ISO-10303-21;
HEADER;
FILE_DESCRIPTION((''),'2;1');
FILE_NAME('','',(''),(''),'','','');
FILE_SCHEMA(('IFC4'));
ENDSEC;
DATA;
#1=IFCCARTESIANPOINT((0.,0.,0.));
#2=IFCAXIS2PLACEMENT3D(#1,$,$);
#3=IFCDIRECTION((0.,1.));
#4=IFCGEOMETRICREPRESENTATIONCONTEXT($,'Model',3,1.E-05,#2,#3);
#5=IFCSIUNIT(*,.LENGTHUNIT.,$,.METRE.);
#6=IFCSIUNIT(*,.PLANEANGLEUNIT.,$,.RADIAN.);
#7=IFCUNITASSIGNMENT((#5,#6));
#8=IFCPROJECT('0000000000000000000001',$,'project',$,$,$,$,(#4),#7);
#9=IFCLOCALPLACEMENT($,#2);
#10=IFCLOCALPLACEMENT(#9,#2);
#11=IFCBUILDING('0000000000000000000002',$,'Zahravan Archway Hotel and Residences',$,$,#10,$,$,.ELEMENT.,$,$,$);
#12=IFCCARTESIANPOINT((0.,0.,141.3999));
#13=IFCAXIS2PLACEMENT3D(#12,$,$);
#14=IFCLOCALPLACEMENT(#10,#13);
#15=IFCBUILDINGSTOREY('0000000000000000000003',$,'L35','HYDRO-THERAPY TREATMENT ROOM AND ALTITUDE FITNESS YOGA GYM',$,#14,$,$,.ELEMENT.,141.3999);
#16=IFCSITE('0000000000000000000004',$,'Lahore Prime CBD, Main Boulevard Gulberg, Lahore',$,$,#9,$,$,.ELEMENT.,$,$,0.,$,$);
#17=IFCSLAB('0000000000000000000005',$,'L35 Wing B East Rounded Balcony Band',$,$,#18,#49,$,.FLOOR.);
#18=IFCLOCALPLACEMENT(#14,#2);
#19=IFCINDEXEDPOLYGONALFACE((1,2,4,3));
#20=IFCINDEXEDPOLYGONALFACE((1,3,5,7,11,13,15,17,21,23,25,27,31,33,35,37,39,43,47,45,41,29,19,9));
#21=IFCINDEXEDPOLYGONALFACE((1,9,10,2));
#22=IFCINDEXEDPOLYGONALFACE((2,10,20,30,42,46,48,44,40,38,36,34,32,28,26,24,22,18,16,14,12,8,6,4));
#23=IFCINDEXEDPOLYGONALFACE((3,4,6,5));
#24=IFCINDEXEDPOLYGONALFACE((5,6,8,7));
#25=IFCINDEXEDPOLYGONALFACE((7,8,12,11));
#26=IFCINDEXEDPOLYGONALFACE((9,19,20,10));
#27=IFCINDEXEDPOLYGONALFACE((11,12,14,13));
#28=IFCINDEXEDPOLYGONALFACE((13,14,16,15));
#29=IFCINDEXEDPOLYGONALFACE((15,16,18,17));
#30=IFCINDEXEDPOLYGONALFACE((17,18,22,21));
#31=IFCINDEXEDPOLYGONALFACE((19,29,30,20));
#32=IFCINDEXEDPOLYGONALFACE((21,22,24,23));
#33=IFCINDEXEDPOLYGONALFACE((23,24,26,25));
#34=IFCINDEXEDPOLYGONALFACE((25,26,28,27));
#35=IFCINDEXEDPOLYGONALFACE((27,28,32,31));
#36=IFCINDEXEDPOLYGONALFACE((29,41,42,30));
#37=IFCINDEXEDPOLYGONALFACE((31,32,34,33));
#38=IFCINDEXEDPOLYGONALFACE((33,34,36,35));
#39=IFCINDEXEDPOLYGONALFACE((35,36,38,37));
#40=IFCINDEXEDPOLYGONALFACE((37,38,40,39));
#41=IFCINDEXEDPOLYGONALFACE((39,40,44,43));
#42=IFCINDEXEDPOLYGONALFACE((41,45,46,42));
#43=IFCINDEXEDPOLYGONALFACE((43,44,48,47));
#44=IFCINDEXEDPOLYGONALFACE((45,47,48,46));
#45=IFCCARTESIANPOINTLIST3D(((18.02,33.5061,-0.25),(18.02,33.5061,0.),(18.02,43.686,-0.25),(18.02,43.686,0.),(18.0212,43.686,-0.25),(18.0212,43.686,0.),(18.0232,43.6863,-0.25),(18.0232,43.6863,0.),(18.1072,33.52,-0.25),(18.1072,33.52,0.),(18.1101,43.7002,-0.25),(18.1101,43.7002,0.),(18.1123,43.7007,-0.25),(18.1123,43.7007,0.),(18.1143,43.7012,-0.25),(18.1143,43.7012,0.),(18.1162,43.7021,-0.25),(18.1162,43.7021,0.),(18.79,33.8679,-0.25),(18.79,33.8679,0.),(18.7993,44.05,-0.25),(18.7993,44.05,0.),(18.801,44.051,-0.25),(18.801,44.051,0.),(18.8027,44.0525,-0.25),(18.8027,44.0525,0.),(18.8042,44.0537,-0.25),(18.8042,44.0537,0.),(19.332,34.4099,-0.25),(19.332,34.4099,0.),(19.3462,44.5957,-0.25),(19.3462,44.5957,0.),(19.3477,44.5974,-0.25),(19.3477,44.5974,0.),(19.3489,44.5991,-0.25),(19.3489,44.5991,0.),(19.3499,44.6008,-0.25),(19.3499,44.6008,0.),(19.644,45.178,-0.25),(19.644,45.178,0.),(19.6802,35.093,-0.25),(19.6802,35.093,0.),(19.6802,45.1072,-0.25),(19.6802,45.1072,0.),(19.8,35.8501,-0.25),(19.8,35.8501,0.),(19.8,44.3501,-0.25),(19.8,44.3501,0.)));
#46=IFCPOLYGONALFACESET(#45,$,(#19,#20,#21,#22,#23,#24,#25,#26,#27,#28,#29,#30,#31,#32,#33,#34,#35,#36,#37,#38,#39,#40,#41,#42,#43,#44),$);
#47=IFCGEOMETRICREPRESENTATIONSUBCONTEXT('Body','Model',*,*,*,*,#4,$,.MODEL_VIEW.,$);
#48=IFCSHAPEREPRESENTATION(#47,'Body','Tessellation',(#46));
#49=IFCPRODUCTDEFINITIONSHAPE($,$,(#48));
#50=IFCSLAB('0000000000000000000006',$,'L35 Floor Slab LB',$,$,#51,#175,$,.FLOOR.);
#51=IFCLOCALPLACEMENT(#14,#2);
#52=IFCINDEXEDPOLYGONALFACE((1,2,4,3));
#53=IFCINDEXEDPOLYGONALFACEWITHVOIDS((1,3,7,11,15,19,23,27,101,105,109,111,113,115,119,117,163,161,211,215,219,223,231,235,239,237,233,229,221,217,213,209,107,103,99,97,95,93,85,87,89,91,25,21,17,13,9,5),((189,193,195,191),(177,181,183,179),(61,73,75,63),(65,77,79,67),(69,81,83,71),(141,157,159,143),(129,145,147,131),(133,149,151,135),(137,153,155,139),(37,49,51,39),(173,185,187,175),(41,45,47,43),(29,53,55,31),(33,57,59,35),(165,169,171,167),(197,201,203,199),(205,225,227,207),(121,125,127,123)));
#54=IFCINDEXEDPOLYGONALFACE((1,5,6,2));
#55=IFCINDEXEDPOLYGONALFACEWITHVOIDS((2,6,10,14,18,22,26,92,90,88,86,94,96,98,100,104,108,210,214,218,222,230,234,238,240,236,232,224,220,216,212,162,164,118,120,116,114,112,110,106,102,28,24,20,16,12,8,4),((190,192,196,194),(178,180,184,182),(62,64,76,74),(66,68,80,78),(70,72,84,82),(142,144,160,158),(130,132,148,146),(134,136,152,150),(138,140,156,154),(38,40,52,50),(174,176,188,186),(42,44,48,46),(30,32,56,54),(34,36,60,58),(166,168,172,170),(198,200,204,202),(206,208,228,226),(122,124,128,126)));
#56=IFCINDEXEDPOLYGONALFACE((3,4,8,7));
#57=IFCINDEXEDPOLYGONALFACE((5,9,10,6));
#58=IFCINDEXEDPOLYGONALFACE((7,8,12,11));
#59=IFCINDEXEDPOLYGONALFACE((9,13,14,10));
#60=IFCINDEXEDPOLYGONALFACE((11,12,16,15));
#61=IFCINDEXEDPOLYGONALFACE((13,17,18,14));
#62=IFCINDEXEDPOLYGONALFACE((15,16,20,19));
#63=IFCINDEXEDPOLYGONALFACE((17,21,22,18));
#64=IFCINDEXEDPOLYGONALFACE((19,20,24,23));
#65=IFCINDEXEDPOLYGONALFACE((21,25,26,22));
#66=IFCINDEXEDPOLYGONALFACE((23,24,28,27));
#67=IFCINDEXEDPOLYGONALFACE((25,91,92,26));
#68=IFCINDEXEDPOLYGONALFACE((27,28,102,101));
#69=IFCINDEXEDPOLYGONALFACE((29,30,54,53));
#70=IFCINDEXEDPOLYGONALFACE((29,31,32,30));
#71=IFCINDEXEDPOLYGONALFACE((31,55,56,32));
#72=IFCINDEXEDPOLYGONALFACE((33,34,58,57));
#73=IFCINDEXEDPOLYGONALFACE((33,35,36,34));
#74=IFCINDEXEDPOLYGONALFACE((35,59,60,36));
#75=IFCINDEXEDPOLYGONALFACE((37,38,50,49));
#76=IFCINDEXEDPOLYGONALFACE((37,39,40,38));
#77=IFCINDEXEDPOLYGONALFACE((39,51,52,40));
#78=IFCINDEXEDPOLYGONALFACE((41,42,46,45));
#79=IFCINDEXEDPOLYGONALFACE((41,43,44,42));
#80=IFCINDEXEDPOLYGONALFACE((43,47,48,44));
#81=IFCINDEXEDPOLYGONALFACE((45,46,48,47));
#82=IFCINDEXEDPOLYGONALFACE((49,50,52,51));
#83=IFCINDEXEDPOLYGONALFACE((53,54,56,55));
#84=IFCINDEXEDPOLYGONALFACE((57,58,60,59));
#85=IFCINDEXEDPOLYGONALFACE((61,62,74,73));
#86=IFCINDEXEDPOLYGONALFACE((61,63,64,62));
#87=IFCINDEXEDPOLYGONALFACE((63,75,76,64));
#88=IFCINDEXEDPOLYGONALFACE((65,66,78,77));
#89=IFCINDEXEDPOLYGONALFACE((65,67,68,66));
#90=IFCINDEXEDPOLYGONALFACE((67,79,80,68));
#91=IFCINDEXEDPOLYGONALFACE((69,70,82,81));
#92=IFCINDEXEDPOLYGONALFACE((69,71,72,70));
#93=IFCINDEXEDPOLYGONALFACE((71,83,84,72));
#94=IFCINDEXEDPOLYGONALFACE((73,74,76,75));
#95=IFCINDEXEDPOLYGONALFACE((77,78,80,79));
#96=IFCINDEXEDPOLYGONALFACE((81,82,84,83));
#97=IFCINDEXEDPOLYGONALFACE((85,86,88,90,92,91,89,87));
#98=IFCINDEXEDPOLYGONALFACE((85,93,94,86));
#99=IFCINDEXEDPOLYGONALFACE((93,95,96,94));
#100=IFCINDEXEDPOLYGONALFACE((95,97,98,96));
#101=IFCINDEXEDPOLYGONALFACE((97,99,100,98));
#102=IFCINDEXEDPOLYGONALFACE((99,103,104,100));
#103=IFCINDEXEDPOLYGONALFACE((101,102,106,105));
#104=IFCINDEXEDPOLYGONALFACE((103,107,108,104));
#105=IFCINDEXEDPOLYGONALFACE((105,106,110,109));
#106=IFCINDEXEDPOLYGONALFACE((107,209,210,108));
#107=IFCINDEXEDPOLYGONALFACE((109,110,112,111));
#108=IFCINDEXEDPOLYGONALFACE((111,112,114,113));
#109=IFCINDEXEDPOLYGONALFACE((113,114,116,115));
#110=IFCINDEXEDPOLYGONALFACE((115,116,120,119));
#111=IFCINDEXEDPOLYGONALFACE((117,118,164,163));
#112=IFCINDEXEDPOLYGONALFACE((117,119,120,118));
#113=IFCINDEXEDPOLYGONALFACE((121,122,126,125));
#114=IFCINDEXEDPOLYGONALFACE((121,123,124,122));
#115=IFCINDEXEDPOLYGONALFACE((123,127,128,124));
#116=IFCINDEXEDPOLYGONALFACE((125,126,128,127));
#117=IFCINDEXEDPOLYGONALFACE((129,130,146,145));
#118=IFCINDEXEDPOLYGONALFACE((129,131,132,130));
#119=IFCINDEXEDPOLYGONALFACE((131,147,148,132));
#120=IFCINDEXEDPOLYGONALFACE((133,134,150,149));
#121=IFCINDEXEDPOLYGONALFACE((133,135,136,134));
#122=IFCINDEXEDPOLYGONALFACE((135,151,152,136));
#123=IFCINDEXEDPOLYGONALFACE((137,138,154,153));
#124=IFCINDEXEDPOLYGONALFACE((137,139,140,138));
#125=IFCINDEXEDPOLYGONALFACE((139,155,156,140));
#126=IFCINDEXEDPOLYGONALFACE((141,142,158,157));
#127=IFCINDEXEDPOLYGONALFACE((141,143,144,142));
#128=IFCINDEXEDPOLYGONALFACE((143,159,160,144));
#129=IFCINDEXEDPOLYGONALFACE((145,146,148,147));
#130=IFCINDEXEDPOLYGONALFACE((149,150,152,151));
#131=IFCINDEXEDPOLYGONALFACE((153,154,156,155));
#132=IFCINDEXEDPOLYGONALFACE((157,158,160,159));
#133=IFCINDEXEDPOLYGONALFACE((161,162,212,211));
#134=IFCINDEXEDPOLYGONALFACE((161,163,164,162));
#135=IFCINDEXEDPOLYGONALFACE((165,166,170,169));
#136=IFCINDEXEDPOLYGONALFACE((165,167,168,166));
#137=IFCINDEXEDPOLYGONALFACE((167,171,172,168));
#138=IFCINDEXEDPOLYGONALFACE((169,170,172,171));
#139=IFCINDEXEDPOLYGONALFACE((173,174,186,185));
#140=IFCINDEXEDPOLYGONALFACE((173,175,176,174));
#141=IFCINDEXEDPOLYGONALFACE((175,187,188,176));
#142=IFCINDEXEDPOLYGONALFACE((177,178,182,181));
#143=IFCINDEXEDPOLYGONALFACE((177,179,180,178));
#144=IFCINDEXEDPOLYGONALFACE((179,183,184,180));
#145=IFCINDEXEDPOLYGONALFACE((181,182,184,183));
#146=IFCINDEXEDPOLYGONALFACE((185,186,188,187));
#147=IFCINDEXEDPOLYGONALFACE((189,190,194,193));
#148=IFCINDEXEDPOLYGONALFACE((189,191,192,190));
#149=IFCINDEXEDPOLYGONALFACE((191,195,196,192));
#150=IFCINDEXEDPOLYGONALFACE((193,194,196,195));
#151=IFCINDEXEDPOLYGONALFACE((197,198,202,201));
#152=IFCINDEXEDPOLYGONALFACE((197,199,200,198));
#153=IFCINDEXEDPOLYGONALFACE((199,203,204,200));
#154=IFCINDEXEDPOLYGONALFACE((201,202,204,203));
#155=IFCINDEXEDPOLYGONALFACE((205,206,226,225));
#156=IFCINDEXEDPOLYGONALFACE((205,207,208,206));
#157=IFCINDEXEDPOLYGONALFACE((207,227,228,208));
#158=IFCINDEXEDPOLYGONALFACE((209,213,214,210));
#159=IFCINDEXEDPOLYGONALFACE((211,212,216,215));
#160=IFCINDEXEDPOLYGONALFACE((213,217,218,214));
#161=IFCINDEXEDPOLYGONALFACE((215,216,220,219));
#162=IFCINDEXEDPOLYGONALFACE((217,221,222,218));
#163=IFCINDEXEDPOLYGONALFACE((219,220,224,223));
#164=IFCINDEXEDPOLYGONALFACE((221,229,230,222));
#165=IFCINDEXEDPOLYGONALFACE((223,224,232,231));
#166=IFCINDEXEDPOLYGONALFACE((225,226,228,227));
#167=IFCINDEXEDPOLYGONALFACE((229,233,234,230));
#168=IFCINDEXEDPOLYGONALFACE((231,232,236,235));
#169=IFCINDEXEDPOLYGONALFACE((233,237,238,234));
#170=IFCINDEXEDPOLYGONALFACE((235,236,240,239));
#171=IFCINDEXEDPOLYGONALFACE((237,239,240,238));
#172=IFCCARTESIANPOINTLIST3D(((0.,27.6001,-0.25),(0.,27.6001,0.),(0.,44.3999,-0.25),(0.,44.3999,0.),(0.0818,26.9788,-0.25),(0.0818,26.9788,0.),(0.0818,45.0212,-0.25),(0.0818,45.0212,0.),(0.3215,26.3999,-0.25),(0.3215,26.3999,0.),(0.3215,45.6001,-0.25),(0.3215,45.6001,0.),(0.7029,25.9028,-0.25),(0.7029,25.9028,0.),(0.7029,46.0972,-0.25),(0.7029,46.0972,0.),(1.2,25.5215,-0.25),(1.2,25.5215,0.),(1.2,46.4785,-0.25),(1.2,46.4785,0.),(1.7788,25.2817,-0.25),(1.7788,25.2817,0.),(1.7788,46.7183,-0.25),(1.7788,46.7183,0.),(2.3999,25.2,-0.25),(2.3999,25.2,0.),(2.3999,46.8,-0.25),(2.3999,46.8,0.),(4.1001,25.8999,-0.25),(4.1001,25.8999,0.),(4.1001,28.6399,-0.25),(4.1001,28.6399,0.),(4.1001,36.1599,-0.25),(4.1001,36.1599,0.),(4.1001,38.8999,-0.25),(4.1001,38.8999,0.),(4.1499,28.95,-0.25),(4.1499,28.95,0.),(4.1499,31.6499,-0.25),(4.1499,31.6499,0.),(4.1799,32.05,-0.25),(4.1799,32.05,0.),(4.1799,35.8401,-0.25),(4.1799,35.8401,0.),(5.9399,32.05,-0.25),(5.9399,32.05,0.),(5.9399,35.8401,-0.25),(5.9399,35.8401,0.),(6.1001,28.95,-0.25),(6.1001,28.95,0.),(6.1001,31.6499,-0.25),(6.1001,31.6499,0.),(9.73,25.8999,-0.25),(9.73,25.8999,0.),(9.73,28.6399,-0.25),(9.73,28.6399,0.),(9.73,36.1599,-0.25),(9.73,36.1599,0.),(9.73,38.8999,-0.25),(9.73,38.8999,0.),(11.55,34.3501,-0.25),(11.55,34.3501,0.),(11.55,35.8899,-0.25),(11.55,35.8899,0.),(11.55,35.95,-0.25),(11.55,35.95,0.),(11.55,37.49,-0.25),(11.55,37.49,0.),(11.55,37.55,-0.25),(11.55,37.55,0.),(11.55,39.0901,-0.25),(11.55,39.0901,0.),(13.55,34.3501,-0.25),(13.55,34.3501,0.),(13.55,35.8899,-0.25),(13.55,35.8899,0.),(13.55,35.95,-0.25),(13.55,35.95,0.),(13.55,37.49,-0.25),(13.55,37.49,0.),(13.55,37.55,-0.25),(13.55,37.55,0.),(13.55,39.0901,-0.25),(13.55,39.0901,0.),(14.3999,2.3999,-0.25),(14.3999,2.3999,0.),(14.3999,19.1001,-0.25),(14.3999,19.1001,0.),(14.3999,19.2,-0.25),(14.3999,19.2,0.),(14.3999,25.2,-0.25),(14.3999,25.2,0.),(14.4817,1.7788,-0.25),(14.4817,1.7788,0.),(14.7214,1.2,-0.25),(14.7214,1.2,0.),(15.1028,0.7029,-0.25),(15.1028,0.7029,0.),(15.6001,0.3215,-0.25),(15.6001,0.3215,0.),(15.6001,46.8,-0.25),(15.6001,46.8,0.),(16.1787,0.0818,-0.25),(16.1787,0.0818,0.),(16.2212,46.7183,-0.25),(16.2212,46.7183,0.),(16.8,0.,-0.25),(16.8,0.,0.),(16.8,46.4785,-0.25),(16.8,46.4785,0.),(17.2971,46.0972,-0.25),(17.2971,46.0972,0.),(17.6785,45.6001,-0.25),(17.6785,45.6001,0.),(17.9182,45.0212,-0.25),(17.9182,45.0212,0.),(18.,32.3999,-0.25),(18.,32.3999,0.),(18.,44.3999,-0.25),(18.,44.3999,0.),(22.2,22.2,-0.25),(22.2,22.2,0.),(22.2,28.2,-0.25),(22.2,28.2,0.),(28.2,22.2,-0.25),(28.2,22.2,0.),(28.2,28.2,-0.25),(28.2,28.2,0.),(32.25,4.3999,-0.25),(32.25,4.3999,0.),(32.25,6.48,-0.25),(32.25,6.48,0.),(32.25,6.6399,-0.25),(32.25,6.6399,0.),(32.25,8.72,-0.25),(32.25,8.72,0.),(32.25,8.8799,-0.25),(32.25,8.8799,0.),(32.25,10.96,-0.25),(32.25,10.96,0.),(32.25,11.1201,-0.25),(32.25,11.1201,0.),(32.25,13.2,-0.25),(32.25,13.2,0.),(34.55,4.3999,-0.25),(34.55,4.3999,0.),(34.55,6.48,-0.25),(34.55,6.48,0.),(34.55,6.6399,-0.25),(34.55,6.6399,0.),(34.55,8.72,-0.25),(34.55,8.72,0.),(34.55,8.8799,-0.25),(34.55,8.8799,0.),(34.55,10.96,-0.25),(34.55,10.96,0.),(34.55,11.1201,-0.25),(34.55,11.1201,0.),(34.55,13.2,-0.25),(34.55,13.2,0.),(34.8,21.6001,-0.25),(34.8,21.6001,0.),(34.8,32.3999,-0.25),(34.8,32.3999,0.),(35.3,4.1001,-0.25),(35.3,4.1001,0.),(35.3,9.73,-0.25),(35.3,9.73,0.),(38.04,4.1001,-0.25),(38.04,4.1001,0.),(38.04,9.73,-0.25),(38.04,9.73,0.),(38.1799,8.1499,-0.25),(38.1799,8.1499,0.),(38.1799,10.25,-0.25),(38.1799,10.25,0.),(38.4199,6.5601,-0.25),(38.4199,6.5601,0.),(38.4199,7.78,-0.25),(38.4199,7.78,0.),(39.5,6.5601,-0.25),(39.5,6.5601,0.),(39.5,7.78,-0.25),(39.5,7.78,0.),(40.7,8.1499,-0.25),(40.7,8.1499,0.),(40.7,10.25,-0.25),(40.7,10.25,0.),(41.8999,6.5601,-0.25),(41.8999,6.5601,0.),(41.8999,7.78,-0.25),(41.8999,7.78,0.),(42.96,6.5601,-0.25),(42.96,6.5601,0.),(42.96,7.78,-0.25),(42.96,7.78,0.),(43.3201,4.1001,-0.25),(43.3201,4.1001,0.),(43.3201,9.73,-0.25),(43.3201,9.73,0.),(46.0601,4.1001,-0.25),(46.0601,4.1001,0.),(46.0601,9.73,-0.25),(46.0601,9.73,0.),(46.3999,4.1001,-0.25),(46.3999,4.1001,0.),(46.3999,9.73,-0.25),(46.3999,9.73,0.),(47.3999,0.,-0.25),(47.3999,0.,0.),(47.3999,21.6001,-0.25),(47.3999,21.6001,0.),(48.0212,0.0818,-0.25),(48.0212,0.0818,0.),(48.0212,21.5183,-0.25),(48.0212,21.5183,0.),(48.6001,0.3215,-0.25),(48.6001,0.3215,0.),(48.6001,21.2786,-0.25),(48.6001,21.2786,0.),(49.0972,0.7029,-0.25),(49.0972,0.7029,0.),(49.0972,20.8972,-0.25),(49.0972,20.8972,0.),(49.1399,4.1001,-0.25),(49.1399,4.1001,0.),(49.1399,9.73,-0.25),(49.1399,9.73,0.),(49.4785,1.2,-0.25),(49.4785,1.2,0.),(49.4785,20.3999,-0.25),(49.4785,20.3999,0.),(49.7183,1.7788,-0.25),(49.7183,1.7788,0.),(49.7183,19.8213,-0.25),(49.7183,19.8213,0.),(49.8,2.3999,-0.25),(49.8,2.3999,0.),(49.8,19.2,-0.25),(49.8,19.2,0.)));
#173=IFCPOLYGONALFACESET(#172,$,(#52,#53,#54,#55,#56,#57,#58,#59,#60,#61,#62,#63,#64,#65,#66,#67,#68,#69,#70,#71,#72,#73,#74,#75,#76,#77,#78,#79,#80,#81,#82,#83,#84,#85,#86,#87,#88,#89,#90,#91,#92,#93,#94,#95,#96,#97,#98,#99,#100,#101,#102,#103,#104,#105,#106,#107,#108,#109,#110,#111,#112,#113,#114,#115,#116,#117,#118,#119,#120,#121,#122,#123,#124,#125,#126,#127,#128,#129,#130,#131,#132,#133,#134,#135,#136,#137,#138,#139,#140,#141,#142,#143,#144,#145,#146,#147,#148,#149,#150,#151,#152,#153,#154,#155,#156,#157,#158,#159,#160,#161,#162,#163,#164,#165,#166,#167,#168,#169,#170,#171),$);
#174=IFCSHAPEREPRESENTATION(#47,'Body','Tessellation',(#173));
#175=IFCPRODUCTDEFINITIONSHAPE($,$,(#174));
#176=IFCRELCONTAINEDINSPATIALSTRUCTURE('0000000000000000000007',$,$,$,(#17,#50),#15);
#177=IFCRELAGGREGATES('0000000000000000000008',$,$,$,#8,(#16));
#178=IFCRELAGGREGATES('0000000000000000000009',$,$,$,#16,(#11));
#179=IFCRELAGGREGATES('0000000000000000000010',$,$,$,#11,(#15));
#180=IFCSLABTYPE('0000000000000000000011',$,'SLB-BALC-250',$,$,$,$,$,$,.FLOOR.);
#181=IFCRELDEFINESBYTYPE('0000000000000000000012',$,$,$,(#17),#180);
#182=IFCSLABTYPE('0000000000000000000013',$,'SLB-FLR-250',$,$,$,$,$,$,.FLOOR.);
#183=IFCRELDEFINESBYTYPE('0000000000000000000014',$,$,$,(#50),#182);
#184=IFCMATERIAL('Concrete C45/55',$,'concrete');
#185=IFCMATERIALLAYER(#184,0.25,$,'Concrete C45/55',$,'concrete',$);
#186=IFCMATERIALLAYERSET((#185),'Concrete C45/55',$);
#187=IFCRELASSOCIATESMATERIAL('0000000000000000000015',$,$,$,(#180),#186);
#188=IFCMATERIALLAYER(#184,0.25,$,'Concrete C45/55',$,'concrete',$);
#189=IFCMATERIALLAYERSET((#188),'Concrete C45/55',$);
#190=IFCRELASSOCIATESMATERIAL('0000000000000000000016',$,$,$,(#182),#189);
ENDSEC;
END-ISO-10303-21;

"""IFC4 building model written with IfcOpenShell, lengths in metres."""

from ifc_helpers import new_model, si_unit, direction, frame, origin, place, context, subcontext, project, spatial, polyline, outline, extrude, material, layer, layer_set, type_object, element, save


model = new_model("IFC4")

# Units and contexts
model_context = context("Model", 3, precision=1e-05, world=origin(), true_north=direction((0.0, 1.0)))
body_context = subcontext(model_context, "Body", "Model", "MODEL_VIEW")
ifc_project = project(units=[si_unit("LENGTHUNIT", "METRE"), si_unit("PLANEANGLEUNIT", "RADIAN")], contexts=[model_context])

# Site, building, storey
site_placement = place(None, origin())
site = spatial("IfcSite", under=ifc_project, at=site_placement, Name="Lahore Prime CBD, Main Boulevard Gulberg, Lahore", CompositionType="ELEMENT", RefElevation=0.0)
building_placement = place(site_placement, origin())
building = spatial("IfcBuilding", under=site, at=building_placement, Name="Zahravan Archway Hotel and Residences", CompositionType="ELEMENT")
storey_placement = place(building_placement, frame((0.0, 0.0, 141.3999)))
storey = spatial("IfcBuildingStorey", under=building, at=storey_placement, Name="L35", Description="HYDRO-THERAPY TREATMENT ROOM AND ALTITUDE FITNESS YOGA GYM", CompositionType="ELEMENT", Elevation=141.3999)

# Slabs
ifc_material_1 = material(Name="Concrete C45/55", Category="concrete")
ifc_layer_1 = layer(ifc_material_1, 0.25, Name="Concrete C45/55", Category="concrete")
ifc_layer_set_1 = layer_set([ifc_layer_1], Name="Concrete C45/55")
slab_type_1 = type_object("IfcSlabType", Name="SLB-BALC-250", PredefinedType="FLOOR", material=ifc_layer_set_1)
slab_1_placement = place(storey_placement, frame((0.0, 0.0, -0.25)))
element("IfcSlab", 1, at=slab_1_placement, inside=storey, type_object=slab_type_1, Name="L35 Wing B East Rounded Balcony Band", PredefinedType="FLOOR", context=body_context, shape_type="SweptSolid", body=[
    extrude(outline(polyline([(19.6802, 45.1072), (19.8, 44.3501), (19.8, 35.8501), (19.6802, 35.093), (19.332, 34.4099), (18.79, 33.8679), (18.1072, 33.52), (18.02, 33.5061), (18.02, 43.686), (18.0212, 43.686), (18.0232, 43.6863), (18.1101, 43.7002), (18.1123, 43.7007), (18.1143, 43.7012), (18.1162, 43.7021), (18.7993, 44.05), (18.801, 44.051), (18.8027, 44.0525), (18.8042, 44.0537), (19.3462, 44.5957), (19.3477, 44.5974), (19.3489, 44.5991), (19.3499, 44.6008), (19.644, 45.178), (19.6802, 45.1072)])), origin(), (0.0, 0.0, 1.0), 0.25),
])
ifc_layer_2 = layer(ifc_material_1, 0.25, Name="Concrete C45/55", Category="concrete")
ifc_layer_set_2 = layer_set([ifc_layer_2], Name="Concrete C45/55")
slab_type_2 = type_object("IfcSlabType", Name="SLB-FLR-250", PredefinedType="FLOOR", material=ifc_layer_set_2)
slab_2_placement = place(storey_placement, frame((0.0, 0.0, -0.25)))
element("IfcSlab", 2, at=slab_2_placement, inside=storey, type_object=slab_type_2, Name="L35 Floor Slab LB", PredefinedType="FLOOR", context=body_context, shape_type="SweptSolid", body=[
    extrude(outline(polyline([(34.8, 21.6001), (34.8, 32.3999), (18.0, 32.3999), (18.0, 44.3999), (17.9182, 45.0212), (17.6785, 45.6001), (17.2971, 46.0972), (16.8, 46.4785), (16.2212, 46.7183), (15.6001, 46.8), (2.3999, 46.8), (1.7788, 46.7183), (1.2, 46.4785), (0.7029, 46.0972), (0.3215, 45.6001), (0.0818, 45.0212), (0.0, 44.3999), (0.0, 27.6001), (0.0818, 26.9788), (0.3215, 26.3999), (0.7029, 25.9028), (1.2, 25.5215), (1.7788, 25.2817), (2.3999, 25.2), (14.3999, 25.2), (14.3999, 19.2), (14.3999, 19.1001), (14.3999, 2.3999), (14.4817, 1.7788), (14.7214, 1.2), (15.1028, 0.7029), (15.6001, 0.3215), (16.1787, 0.0818), (16.8, 0.0), (47.3999, 0.0), (48.0212, 0.0818), (48.6001, 0.3215), (49.0972, 0.7029), (49.4785, 1.2), (49.7183, 1.7788), (49.8, 2.3999), (49.8, 19.2), (49.7183, 19.8213), (49.4785, 20.3999), (49.0972, 20.8972), (48.6001, 21.2786), (48.0212, 21.5183), (47.3999, 21.6001), (34.8, 21.6001)]), holes=[polyline([(35.3, 9.73), (35.3, 4.1001), (38.04, 4.1001), (38.04, 9.73), (35.3, 9.73)]), polyline([(43.3201, 9.73), (43.3201, 4.1001), (46.0601, 4.1001), (46.0601, 9.73), (43.3201, 9.73)]), polyline([(46.3999, 9.73), (46.3999, 4.1001), (49.1399, 4.1001), (49.1399, 9.73), (46.3999, 9.73)]), polyline([(9.73, 28.6399), (4.1001, 28.6399), (4.1001, 25.8999), (9.73, 25.8999), (9.73, 28.6399)]), polyline([(9.73, 38.8999), (4.1001, 38.8999), (4.1001, 36.1599), (9.73, 36.1599), (9.73, 38.8999)]), polyline([(38.1799, 8.1499), (40.7, 8.1499), (40.7, 10.25), (38.1799, 10.25), (38.1799, 8.1499)]), polyline([(4.1499, 28.95), (6.1001, 28.95), (6.1001, 31.6499), (4.1499, 31.6499), (4.1499, 28.95)]), polyline([(11.55, 34.3501), (13.55, 34.3501), (13.55, 35.8899), (11.55, 35.8899), (11.55, 34.3501)]), polyline([(11.55, 35.95), (13.55, 35.95), (13.55, 37.49), (11.55, 37.49), (11.55, 35.95)]), polyline([(11.55, 37.55), (13.55, 37.55), (13.55, 39.0901), (11.55, 39.0901), (11.55, 37.55)]), polyline([(32.25, 4.3999), (34.55, 4.3999), (34.55, 6.48), (32.25, 6.48), (32.25, 4.3999)]), polyline([(32.25, 6.6399), (34.55, 6.6399), (34.55, 8.72), (32.25, 8.72), (32.25, 6.6399)]), polyline([(32.25, 8.8799), (34.55, 8.8799), (34.55, 10.96), (32.25, 10.96), (32.25, 8.8799)]), polyline([(32.25, 11.1201), (34.55, 11.1201), (34.55, 13.2), (32.25, 13.2), (32.25, 11.1201)]), polyline([(22.2, 22.2), (28.2, 22.2), (28.2, 28.2), (22.2, 28.2), (22.2, 22.2)]), polyline([(38.4199, 6.5601), (39.5, 6.5601), (39.5, 7.78), (38.4199, 7.78), (38.4199, 6.5601)]), polyline([(41.8999, 6.5601), (42.96, 6.5601), (42.96, 7.78), (41.8999, 7.78), (41.8999, 6.5601)]), polyline([(4.1799, 32.05), (5.9399, 32.05), (5.9399, 35.8401), (4.1799, 35.8401), (4.1799, 32.05)])]), origin(), (0.0, 0.0, 1.0), 0.25),
])

save(model, "model.ifc")
